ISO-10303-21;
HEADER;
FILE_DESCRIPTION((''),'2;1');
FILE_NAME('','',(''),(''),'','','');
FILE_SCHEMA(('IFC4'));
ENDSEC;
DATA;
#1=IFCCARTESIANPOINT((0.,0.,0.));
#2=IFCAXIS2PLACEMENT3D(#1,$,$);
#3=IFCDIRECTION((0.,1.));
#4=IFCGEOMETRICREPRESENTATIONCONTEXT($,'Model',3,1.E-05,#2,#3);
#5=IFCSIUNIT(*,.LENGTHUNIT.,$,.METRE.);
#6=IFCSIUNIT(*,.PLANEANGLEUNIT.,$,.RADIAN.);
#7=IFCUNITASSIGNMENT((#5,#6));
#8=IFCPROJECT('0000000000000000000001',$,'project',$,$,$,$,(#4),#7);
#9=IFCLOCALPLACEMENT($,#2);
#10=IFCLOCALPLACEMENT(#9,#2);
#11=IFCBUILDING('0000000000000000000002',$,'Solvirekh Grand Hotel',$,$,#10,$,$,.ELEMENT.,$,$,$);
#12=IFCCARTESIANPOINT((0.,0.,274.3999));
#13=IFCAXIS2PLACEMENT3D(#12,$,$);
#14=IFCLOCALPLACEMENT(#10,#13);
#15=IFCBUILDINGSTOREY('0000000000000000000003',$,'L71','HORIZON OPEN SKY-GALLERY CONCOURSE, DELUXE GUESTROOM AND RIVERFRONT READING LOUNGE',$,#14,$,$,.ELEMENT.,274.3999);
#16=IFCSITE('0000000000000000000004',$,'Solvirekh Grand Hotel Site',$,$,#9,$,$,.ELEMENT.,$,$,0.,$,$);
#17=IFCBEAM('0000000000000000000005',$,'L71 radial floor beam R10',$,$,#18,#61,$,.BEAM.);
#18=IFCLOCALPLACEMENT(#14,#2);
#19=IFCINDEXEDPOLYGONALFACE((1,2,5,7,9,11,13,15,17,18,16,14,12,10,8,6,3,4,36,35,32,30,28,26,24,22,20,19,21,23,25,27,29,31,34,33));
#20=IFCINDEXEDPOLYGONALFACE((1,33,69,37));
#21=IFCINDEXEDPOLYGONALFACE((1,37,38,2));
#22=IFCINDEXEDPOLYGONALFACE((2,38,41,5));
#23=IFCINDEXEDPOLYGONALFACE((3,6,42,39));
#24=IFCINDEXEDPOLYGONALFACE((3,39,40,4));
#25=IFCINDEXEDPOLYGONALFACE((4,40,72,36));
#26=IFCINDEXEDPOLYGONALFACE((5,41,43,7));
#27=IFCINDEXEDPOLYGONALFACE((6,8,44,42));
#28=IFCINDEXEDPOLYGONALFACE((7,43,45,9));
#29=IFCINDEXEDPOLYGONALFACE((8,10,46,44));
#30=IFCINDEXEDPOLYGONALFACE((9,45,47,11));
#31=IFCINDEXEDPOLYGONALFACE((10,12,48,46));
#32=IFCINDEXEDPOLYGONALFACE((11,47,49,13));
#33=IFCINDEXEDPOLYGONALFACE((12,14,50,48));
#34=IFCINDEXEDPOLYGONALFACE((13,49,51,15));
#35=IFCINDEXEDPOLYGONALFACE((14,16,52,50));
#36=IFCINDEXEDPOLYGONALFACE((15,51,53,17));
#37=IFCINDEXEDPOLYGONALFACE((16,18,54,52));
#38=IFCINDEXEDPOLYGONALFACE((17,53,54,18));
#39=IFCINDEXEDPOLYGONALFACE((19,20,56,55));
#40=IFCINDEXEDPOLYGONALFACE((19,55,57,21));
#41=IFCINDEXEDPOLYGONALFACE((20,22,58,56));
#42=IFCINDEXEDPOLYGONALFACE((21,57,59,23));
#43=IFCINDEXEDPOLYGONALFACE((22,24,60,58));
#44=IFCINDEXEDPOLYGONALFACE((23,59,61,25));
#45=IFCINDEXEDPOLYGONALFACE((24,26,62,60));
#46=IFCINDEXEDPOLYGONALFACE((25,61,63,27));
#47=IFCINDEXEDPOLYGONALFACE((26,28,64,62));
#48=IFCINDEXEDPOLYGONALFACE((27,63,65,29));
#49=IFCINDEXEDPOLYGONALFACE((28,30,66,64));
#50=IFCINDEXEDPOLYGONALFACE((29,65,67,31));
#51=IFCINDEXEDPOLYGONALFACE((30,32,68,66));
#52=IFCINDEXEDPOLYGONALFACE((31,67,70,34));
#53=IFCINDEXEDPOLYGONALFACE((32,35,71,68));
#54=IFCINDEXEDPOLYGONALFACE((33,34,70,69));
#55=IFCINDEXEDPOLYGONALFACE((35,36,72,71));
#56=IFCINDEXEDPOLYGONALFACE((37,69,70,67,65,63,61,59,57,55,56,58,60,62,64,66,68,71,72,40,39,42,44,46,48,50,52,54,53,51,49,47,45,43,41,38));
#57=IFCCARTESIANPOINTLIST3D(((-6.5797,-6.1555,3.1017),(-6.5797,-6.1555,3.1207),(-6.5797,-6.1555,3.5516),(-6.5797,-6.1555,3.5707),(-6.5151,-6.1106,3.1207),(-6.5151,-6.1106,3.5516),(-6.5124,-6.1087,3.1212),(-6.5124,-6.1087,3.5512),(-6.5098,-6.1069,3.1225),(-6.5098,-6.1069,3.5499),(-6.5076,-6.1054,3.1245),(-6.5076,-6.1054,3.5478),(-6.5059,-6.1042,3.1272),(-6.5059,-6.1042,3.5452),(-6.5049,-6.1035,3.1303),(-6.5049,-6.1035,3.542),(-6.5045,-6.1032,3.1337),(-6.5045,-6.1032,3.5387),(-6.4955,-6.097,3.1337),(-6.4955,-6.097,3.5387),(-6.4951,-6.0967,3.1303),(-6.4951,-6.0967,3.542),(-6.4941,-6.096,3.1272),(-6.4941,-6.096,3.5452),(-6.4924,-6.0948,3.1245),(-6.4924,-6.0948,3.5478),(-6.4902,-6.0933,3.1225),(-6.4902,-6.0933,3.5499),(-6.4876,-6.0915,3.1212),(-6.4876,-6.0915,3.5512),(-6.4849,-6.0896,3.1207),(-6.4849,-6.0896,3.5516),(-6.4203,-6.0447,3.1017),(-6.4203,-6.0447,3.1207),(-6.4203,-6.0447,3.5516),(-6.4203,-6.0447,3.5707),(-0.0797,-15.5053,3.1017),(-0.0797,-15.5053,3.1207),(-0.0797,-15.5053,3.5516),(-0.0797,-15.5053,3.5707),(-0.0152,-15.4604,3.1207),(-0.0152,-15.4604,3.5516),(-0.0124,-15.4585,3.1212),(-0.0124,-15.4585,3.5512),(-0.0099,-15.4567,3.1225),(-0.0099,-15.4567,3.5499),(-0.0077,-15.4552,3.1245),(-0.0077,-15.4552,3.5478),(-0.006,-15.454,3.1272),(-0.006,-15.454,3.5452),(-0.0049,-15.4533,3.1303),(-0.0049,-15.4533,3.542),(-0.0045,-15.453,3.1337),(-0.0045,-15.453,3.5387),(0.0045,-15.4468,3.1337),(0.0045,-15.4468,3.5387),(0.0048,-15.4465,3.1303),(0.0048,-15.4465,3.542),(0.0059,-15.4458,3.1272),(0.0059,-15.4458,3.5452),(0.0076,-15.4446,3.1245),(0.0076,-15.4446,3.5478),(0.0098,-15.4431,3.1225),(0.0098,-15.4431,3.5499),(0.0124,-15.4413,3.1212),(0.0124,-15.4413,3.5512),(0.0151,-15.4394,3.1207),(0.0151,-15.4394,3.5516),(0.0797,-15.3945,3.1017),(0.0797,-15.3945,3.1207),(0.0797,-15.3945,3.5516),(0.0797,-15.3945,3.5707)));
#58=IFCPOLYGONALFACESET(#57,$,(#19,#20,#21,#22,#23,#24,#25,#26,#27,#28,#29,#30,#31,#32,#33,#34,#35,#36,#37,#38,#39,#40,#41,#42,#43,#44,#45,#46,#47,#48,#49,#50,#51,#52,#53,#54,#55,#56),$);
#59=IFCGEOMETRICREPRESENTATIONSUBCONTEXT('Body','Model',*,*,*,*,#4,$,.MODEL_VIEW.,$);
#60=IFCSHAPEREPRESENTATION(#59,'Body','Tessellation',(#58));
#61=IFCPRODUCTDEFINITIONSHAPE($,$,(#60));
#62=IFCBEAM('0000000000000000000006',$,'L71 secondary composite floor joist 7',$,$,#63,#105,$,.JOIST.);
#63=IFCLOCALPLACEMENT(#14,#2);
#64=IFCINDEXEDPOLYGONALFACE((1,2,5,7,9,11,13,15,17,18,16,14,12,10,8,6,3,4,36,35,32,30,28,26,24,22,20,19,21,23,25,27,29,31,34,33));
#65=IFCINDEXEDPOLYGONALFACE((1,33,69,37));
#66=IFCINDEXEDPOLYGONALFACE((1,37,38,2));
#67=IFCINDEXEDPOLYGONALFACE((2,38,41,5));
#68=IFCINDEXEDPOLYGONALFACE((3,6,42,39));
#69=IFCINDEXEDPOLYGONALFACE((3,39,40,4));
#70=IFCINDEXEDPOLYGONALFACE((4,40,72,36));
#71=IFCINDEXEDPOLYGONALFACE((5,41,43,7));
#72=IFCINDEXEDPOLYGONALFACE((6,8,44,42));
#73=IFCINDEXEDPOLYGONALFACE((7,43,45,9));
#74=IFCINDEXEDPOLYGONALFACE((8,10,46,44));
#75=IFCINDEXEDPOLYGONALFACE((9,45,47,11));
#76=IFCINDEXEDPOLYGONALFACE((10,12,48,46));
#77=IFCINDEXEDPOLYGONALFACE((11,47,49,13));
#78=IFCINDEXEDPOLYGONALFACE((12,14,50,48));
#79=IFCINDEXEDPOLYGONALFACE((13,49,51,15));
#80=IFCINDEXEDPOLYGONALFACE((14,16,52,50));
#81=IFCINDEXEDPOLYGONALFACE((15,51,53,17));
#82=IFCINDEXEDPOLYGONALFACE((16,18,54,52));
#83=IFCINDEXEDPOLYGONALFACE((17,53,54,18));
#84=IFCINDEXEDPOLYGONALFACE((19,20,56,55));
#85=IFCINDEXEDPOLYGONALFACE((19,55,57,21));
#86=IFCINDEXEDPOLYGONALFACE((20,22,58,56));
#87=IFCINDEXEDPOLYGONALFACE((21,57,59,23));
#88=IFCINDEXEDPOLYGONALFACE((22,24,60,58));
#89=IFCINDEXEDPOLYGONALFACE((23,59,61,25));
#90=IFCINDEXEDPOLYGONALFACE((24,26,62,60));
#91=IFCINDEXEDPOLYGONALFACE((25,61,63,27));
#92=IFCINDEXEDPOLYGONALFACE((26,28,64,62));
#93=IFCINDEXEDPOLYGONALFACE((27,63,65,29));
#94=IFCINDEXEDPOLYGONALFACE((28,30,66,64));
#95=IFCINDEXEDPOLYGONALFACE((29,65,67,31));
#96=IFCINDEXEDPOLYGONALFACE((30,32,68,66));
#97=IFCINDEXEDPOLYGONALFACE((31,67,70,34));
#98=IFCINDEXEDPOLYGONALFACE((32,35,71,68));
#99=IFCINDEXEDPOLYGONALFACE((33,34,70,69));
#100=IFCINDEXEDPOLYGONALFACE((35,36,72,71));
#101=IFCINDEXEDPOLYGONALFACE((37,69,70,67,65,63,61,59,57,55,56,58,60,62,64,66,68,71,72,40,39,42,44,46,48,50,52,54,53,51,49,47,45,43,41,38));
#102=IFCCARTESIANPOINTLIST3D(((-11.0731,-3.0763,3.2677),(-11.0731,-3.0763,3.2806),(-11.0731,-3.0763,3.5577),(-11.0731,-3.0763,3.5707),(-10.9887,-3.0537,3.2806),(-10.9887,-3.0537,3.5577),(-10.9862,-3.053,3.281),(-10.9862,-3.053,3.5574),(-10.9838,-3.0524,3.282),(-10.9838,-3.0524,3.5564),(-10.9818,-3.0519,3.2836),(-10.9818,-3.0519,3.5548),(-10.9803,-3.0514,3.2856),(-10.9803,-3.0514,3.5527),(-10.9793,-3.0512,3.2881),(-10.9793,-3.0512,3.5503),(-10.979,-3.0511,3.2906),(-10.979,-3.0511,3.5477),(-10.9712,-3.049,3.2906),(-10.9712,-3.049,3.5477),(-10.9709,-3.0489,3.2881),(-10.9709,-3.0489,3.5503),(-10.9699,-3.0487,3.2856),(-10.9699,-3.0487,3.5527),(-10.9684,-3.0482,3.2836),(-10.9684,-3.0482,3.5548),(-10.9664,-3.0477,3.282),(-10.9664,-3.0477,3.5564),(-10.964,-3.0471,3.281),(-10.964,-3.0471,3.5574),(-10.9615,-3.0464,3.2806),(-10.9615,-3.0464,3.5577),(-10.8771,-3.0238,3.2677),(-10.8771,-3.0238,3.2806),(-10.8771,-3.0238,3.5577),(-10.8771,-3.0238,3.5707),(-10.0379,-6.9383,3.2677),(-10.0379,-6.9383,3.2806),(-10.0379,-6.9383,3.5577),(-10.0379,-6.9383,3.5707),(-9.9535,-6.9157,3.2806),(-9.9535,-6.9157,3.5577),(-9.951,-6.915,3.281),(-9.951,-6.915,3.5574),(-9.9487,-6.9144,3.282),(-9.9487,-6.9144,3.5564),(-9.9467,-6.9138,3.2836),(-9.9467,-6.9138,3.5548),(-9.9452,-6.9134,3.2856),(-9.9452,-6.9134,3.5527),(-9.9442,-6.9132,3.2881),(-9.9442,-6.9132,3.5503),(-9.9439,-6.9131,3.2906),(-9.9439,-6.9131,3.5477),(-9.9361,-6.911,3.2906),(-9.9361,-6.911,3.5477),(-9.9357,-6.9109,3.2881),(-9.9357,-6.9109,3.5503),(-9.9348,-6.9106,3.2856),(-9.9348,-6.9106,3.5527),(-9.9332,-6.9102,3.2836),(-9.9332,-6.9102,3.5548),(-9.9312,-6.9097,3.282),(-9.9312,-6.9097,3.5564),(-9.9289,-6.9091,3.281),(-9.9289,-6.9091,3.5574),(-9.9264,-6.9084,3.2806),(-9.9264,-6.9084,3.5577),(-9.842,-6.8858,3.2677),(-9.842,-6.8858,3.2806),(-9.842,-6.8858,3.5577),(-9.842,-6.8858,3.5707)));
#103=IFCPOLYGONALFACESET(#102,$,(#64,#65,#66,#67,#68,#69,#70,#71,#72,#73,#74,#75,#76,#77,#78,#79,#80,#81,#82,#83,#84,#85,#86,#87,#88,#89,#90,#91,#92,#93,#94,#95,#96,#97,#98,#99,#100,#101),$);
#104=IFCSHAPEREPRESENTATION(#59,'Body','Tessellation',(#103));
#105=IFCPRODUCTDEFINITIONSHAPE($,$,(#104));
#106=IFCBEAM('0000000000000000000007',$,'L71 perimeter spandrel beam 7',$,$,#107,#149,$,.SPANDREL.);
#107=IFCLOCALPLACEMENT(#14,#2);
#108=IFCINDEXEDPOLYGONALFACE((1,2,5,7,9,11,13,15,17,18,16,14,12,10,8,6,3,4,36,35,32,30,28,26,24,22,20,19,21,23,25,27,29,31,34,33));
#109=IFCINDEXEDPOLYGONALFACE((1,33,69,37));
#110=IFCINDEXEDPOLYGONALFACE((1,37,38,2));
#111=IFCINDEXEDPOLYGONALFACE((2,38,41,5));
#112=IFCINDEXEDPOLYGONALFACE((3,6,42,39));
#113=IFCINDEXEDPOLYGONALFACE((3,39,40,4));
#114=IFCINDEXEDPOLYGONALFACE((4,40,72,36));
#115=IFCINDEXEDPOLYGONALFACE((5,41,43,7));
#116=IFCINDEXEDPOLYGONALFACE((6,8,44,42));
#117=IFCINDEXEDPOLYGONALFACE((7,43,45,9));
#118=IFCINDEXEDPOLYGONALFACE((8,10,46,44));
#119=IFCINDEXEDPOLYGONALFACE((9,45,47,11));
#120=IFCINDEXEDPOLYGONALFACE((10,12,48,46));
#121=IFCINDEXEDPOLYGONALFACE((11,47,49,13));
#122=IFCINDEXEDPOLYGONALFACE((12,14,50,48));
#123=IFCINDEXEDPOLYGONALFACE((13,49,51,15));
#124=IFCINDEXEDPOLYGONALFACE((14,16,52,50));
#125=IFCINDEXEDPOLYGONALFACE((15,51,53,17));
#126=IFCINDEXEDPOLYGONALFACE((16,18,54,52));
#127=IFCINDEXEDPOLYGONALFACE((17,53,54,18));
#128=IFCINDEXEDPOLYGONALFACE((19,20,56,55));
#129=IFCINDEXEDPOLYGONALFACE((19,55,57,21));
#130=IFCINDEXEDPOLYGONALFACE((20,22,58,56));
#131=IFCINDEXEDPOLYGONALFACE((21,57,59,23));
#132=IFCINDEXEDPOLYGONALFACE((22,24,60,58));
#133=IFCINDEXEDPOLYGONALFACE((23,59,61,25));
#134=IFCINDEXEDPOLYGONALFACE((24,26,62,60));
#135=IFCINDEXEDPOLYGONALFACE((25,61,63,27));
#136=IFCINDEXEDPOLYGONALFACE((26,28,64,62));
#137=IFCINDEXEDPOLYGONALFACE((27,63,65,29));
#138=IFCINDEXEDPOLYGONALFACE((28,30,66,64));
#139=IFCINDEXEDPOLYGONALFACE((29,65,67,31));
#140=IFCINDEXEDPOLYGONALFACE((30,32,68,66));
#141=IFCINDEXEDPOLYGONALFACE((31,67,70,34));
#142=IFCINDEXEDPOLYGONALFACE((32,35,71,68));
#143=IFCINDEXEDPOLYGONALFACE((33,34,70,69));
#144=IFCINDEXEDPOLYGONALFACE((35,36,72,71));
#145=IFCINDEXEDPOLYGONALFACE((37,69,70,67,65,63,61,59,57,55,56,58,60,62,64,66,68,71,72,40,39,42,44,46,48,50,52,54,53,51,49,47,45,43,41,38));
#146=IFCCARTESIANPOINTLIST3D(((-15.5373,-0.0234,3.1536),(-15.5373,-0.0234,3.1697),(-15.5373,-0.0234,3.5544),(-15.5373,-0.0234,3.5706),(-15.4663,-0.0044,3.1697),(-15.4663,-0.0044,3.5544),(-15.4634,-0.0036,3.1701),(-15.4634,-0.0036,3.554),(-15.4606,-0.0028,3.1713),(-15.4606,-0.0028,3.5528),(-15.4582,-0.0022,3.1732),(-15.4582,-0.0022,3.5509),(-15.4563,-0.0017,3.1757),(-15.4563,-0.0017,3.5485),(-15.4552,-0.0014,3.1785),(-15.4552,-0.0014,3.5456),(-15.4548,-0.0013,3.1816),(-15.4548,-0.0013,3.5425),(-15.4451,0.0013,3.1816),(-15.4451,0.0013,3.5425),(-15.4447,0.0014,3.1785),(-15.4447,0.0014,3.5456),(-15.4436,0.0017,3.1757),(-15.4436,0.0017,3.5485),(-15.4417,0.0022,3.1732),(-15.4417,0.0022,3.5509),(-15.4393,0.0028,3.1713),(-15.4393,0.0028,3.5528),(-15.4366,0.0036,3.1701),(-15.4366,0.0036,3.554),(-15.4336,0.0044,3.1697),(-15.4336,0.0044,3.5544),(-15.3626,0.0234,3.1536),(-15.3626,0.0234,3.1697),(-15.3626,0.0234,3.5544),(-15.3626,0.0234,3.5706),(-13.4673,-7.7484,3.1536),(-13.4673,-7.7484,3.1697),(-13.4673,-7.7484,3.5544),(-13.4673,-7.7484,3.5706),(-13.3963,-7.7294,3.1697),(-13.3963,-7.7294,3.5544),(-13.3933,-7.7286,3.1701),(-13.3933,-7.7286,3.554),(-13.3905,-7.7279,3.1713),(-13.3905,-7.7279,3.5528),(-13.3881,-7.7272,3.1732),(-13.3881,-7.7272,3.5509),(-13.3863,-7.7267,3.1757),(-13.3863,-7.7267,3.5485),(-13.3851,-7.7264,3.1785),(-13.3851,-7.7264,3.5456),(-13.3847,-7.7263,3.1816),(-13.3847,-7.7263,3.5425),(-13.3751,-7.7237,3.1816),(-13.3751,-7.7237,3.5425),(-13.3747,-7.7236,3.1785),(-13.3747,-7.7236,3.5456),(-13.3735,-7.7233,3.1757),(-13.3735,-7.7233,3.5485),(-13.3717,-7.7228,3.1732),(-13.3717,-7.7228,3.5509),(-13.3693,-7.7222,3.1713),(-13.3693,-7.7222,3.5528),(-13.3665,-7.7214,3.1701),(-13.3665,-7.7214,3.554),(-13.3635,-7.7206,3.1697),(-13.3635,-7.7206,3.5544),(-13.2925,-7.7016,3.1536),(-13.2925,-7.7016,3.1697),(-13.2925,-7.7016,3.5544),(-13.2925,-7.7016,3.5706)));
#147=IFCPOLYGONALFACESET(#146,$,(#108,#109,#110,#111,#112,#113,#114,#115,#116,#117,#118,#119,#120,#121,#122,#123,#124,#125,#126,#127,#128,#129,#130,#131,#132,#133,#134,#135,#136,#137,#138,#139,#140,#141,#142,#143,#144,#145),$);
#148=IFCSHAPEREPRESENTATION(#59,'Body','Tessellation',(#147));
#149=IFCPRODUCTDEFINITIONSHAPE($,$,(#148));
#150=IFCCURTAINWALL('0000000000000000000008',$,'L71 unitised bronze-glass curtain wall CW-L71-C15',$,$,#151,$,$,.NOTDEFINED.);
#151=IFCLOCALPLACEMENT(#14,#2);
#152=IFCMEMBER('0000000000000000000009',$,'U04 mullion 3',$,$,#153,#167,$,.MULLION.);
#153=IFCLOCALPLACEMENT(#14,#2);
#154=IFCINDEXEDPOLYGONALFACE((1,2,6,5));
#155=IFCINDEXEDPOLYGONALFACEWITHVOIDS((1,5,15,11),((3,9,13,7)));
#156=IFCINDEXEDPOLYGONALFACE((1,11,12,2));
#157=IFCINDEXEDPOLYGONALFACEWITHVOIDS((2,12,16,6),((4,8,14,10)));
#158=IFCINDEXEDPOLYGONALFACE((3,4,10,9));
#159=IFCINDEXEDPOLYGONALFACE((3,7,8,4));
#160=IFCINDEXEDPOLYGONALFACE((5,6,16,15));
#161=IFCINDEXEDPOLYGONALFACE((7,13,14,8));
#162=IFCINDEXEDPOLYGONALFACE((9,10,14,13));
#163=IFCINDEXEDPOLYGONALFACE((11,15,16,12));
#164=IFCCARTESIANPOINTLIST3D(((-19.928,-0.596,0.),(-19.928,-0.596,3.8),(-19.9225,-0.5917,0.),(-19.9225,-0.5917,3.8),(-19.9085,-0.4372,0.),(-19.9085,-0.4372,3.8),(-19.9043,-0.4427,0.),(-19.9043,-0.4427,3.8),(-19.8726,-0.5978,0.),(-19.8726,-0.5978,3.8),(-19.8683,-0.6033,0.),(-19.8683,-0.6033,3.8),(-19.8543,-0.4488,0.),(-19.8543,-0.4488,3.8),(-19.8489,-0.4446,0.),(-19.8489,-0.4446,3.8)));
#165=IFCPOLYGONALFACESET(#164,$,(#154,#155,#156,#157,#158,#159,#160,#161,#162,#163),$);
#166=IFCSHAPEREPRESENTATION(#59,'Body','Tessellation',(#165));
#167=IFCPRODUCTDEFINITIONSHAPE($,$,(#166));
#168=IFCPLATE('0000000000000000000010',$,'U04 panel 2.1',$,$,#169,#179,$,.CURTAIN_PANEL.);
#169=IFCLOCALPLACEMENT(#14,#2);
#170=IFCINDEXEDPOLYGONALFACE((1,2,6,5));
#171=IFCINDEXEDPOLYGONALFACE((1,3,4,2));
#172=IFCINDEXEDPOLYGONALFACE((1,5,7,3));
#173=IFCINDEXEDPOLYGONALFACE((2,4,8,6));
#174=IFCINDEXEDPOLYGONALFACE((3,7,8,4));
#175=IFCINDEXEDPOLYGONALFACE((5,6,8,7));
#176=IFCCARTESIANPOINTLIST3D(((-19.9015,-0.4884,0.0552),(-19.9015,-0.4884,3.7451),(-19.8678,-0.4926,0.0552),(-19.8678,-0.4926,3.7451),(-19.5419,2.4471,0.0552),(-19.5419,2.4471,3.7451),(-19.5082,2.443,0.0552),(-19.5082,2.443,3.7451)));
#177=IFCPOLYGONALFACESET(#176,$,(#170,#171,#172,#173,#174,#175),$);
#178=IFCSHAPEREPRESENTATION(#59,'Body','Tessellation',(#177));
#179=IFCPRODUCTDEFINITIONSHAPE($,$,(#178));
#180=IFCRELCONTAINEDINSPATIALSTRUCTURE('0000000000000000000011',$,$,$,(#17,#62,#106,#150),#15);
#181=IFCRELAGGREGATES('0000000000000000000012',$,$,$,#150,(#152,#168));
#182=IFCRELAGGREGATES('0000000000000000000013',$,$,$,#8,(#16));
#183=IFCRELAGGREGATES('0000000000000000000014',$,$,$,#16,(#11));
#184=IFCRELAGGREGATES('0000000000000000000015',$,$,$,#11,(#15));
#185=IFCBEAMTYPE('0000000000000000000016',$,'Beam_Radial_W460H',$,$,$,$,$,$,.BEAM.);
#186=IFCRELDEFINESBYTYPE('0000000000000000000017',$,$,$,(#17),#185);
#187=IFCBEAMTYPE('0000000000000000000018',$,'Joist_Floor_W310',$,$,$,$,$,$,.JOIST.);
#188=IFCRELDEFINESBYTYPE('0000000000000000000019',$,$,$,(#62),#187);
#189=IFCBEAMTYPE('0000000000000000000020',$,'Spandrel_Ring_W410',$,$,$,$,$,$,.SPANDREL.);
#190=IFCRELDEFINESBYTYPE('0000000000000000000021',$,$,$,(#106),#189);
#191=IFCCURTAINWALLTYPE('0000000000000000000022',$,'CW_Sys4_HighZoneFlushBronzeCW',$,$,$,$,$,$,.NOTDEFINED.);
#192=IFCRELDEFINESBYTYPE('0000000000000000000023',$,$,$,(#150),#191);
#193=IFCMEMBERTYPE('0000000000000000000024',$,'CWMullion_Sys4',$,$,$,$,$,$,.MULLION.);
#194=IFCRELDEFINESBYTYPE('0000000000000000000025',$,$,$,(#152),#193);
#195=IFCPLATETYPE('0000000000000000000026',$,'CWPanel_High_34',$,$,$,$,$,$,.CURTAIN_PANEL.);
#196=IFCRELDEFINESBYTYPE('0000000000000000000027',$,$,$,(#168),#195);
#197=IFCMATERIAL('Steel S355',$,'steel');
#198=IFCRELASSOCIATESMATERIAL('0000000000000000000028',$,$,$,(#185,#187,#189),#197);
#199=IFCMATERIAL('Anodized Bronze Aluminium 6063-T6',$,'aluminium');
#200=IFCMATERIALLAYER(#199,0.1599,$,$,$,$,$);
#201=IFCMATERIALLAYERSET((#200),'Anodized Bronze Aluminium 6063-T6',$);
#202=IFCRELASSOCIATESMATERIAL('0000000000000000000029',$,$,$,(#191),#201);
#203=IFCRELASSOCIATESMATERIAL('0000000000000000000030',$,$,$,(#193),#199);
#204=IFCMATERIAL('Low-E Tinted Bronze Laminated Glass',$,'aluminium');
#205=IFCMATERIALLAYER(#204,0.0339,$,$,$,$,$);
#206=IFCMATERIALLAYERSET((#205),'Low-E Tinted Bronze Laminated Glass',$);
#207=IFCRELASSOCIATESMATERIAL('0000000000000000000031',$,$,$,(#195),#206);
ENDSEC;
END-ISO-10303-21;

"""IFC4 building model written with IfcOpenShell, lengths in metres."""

from ifc_helpers import new_model, si_unit, direction, frame, origin, origin_2d, place, context, subcontext, project, spatial, rectangle, hollow_rectangle, i_section, extrude, source, transform, mapped, material, layer, layer_set, material_profile, profile_set, type_object, element, aggregate, save


model = new_model("IFC4")

# Units and contexts
model_context = context("Model", 3, precision=1e-05, world=origin(), true_north=direction((0.0, 1.0)))
body_context = subcontext(model_context, "Body", "Model", "MODEL_VIEW")
ifc_project = project(units=[si_unit("LENGTHUNIT", "METRE"), si_unit("PLANEANGLEUNIT", "RADIAN")], contexts=[model_context])

# Site, building, storey
site_placement = place(None, origin())
site = spatial("IfcSite", under=ifc_project, at=site_placement, Name="Solvirekh Grand Hotel Site", CompositionType="ELEMENT", RefElevation=0.0)
building_placement = place(site_placement, origin())
building = spatial("IfcBuilding", under=site, at=building_placement, Name="Solvirekh Grand Hotel", CompositionType="ELEMENT")
storey_placement = place(building_placement, frame((0.0, 0.0, 274.3999)))
storey = spatial("IfcBuildingStorey", under=building, at=storey_placement, Name="L71", Description="HORIZON OPEN SKY-GALLERY CONCOURSE, DELUXE GUESTROOM AND RIVERFRONT READING LOUNGE", CompositionType="ELEMENT", Elevation=274.3999)

# Beams
ifc_material_1 = material(Name="Steel S355", Category="steel")
ifc_material_profile_1 = material_profile(ifc_material_1, i_section(OverallWidth=0.1941, OverallDepth=0.469, WebThickness=0.011, FlangeThickness=0.019, FilletRadius=0.0129, at=origin_2d()), Name="W460X106")
ifc_profile_set_1 = profile_set([ifc_material_profile_1], Name="Steel S355")
beam_type_1 = type_object("IfcBeamType", Name="Beam_Radial_W460H", PredefinedType="BEAM", material=ifc_profile_set_1)
beam_1_placement = place(storey_placement, frame((-6.5, -6.1001, 3.3362), z_axis=(0.570813, -0.82108, 0.0), x_axis=(0.82108, 0.570813, 0.0)))
element("IfcBeam", 1, at=beam_1_placement, inside=storey, type_object=beam_type_1, Name="L71 radial floor beam R10", PredefinedType="BEAM", context=body_context, shape_type="SweptSolid", body=[
    extrude(i_section(OverallWidth=0.1941, OverallDepth=0.469, WebThickness=0.011, FlangeThickness=0.019, FilletRadius=0.0129, at=origin_2d()), origin(), (0.0, 0.0, 1.0), 11.3872),
])
ifc_material_profile_2 = material_profile(ifc_material_1, i_section(OverallWidth=0.2029, OverallDepth=0.303, WebThickness=0.0081, FlangeThickness=0.0129, FilletRadius=0.01, at=origin_2d()), Name="W310X60")
ifc_profile_set_2 = profile_set([ifc_material_profile_2], Name="Steel S355")
beam_type_2 = type_object("IfcBeamType", Name="Joist_Floor_W310", PredefinedType="JOIST", material=ifc_profile_set_2)
beam_2_placement = place(storey_placement, frame((-10.9751, -3.05, 3.4192), z_axis=(0.258894, -0.965906, 0.0), x_axis=(0.965906, 0.258894, 0.0)))
element("IfcBeam", 2, at=beam_2_placement, inside=storey, type_object=beam_type_2, Name="L71 secondary composite floor joist 7", PredefinedType="JOIST", context=body_context, shape_type="SweptSolid", body=[
    extrude(i_section(OverallWidth=0.2029, OverallDepth=0.303, WebThickness=0.0081, FlangeThickness=0.0129, FilletRadius=0.01, at=origin_2d()), origin(), (0.0, 0.0, 1.0), 3.9983),
])
ifc_material_profile_3 = material_profile(ifc_material_1, i_section(OverallWidth=0.1809, OverallDepth=0.417, WebThickness=0.01, FlangeThickness=0.0161, FilletRadius=0.012, at=origin_2d()), Name="W410X85")
ifc_profile_set_3 = profile_set([ifc_material_profile_3], Name="Steel S355")
beam_type_3 = type_object("IfcBeamType", Name="Spandrel_Ring_W410", PredefinedType="SPANDREL", material=ifc_profile_set_3)
beam_3_placement = place(storey_placement, frame((-15.45, 0.0, 3.3621), z_axis=(0.258835, -0.965922, 0.0), x_axis=(0.965922, 0.258835, 0.0)))
element("IfcBeam", 3, at=beam_3_placement, inside=storey, type_object=beam_type_3, Name="L71 perimeter spandrel beam 7", PredefinedType="SPANDREL", context=body_context, shape_type="SweptSolid", body=[
    extrude(i_section(OverallWidth=0.1809, OverallDepth=0.417, WebThickness=0.01, FlangeThickness=0.0161, FilletRadius=0.012, at=origin_2d()), origin(), (0.0, 0.0, 1.0), 7.9976),
])

# Curtain wall, member, plate
ifc_material_2 = material(Name="Anodized Bronze Aluminium 6063-T6", Category="aluminium")
ifc_layer_1 = layer(ifc_material_2, 0.1599)
ifc_layer_set_1 = layer_set([ifc_layer_1], Name="Anodized Bronze Aluminium 6063-T6")
curtain_wall_type = type_object("IfcCurtainWallType", Name="CW_Sys4_HighZoneFlushBronzeCW", PredefinedType="NOTDEFINED", material=ifc_layer_set_1)
curtain_wall_placement = place(storey_placement, origin())
curtain_wall = element("IfcCurtainWall", 4, at=curtain_wall_placement, inside=storey, type_object=curtain_wall_type, Name="L71 unitised bronze-glass curtain wall CW-L71-C15", PredefinedType="NOTDEFINED")
ifc_material_profile_4 = material_profile(ifc_material_2, hollow_rectangle(XDim=0.0601, YDim=0.1599, WallThickness=0.0049, at=origin_2d()), Name="ALU RHS 160X60X5")
ifc_profile_set_4 = profile_set([ifc_material_profile_4], Name="Anodized Bronze Aluminium 6063-T6")
member_type = type_object("IfcMemberType", Name="CWMullion_Sys4", PredefinedType="MULLION", material=ifc_profile_set_4)
shared_shape_1 = source(origin(), body_context, "Body", "SweptSolid", [
    extrude(hollow_rectangle(XDim=0.0601, YDim=0.1599, WallThickness=0.0049, at=origin_2d()), origin(), (0.0, 0.0, 1.0), 3.8),
])
member_placement = place(storey_placement, frame((-19.8884, -0.5203, 0.0), z_axis=(0.0, 0.0, 1.0), x_axis=(0.992583, -0.121571, 0.0)))
member = element("IfcMember", 5, at=member_placement, type_object=member_type, Name="U04 mullion 3", PredefinedType="MULLION", context=body_context, shape_type="MappedRepresentation", body=[
    mapped(shared_shape_1, transform((0.0, 0.0, 0.0), x_axis=(1.0, 0.0, 0.0), y_axis=(0.0, 1.0, 0.0), z_axis=(0.0, 0.0, 1.0), scale=1.0)),
])
ifc_material_3 = material(Name="Low-E Tinted Bronze Laminated Glass", Category="aluminium")
ifc_layer_2 = layer(ifc_material_3, 0.0339)
ifc_layer_set_2 = layer_set([ifc_layer_2], Name="Low-E Tinted Bronze Laminated Glass")
plate_type = type_object("IfcPlateType", Name="CWPanel_High_34", PredefinedType="CURTAIN_PANEL", material=ifc_layer_set_2)
shared_shape_2 = source(origin(), body_context, "Body", "SweptSolid", [
    extrude(rectangle(XDim=2.9575, YDim=0.0339, at=origin_2d()), origin(), (0.0, 0.0, 1.0), 3.6899),
])
plate_placement = place(storey_placement, frame((-19.7048, 0.9773, 0.0552), z_axis=(0.0, 0.0, 1.0), x_axis=(-0.121571, -0.992583, 0.0)))
plate = element("IfcPlate", 6, at=plate_placement, type_object=plate_type, Name="U04 panel 2.1", PredefinedType="CURTAIN_PANEL", context=body_context, shape_type="MappedRepresentation", body=[
    mapped(shared_shape_2, transform((0.0, 0.0, 0.0), x_axis=(1.0, 0.0, 0.0), y_axis=(0.0, 1.0, 0.0), z_axis=(0.0, 0.0, 1.0), scale=1.0)),
])
aggregate(curtain_wall, [member, plate])

save(model, "model.ifc")
